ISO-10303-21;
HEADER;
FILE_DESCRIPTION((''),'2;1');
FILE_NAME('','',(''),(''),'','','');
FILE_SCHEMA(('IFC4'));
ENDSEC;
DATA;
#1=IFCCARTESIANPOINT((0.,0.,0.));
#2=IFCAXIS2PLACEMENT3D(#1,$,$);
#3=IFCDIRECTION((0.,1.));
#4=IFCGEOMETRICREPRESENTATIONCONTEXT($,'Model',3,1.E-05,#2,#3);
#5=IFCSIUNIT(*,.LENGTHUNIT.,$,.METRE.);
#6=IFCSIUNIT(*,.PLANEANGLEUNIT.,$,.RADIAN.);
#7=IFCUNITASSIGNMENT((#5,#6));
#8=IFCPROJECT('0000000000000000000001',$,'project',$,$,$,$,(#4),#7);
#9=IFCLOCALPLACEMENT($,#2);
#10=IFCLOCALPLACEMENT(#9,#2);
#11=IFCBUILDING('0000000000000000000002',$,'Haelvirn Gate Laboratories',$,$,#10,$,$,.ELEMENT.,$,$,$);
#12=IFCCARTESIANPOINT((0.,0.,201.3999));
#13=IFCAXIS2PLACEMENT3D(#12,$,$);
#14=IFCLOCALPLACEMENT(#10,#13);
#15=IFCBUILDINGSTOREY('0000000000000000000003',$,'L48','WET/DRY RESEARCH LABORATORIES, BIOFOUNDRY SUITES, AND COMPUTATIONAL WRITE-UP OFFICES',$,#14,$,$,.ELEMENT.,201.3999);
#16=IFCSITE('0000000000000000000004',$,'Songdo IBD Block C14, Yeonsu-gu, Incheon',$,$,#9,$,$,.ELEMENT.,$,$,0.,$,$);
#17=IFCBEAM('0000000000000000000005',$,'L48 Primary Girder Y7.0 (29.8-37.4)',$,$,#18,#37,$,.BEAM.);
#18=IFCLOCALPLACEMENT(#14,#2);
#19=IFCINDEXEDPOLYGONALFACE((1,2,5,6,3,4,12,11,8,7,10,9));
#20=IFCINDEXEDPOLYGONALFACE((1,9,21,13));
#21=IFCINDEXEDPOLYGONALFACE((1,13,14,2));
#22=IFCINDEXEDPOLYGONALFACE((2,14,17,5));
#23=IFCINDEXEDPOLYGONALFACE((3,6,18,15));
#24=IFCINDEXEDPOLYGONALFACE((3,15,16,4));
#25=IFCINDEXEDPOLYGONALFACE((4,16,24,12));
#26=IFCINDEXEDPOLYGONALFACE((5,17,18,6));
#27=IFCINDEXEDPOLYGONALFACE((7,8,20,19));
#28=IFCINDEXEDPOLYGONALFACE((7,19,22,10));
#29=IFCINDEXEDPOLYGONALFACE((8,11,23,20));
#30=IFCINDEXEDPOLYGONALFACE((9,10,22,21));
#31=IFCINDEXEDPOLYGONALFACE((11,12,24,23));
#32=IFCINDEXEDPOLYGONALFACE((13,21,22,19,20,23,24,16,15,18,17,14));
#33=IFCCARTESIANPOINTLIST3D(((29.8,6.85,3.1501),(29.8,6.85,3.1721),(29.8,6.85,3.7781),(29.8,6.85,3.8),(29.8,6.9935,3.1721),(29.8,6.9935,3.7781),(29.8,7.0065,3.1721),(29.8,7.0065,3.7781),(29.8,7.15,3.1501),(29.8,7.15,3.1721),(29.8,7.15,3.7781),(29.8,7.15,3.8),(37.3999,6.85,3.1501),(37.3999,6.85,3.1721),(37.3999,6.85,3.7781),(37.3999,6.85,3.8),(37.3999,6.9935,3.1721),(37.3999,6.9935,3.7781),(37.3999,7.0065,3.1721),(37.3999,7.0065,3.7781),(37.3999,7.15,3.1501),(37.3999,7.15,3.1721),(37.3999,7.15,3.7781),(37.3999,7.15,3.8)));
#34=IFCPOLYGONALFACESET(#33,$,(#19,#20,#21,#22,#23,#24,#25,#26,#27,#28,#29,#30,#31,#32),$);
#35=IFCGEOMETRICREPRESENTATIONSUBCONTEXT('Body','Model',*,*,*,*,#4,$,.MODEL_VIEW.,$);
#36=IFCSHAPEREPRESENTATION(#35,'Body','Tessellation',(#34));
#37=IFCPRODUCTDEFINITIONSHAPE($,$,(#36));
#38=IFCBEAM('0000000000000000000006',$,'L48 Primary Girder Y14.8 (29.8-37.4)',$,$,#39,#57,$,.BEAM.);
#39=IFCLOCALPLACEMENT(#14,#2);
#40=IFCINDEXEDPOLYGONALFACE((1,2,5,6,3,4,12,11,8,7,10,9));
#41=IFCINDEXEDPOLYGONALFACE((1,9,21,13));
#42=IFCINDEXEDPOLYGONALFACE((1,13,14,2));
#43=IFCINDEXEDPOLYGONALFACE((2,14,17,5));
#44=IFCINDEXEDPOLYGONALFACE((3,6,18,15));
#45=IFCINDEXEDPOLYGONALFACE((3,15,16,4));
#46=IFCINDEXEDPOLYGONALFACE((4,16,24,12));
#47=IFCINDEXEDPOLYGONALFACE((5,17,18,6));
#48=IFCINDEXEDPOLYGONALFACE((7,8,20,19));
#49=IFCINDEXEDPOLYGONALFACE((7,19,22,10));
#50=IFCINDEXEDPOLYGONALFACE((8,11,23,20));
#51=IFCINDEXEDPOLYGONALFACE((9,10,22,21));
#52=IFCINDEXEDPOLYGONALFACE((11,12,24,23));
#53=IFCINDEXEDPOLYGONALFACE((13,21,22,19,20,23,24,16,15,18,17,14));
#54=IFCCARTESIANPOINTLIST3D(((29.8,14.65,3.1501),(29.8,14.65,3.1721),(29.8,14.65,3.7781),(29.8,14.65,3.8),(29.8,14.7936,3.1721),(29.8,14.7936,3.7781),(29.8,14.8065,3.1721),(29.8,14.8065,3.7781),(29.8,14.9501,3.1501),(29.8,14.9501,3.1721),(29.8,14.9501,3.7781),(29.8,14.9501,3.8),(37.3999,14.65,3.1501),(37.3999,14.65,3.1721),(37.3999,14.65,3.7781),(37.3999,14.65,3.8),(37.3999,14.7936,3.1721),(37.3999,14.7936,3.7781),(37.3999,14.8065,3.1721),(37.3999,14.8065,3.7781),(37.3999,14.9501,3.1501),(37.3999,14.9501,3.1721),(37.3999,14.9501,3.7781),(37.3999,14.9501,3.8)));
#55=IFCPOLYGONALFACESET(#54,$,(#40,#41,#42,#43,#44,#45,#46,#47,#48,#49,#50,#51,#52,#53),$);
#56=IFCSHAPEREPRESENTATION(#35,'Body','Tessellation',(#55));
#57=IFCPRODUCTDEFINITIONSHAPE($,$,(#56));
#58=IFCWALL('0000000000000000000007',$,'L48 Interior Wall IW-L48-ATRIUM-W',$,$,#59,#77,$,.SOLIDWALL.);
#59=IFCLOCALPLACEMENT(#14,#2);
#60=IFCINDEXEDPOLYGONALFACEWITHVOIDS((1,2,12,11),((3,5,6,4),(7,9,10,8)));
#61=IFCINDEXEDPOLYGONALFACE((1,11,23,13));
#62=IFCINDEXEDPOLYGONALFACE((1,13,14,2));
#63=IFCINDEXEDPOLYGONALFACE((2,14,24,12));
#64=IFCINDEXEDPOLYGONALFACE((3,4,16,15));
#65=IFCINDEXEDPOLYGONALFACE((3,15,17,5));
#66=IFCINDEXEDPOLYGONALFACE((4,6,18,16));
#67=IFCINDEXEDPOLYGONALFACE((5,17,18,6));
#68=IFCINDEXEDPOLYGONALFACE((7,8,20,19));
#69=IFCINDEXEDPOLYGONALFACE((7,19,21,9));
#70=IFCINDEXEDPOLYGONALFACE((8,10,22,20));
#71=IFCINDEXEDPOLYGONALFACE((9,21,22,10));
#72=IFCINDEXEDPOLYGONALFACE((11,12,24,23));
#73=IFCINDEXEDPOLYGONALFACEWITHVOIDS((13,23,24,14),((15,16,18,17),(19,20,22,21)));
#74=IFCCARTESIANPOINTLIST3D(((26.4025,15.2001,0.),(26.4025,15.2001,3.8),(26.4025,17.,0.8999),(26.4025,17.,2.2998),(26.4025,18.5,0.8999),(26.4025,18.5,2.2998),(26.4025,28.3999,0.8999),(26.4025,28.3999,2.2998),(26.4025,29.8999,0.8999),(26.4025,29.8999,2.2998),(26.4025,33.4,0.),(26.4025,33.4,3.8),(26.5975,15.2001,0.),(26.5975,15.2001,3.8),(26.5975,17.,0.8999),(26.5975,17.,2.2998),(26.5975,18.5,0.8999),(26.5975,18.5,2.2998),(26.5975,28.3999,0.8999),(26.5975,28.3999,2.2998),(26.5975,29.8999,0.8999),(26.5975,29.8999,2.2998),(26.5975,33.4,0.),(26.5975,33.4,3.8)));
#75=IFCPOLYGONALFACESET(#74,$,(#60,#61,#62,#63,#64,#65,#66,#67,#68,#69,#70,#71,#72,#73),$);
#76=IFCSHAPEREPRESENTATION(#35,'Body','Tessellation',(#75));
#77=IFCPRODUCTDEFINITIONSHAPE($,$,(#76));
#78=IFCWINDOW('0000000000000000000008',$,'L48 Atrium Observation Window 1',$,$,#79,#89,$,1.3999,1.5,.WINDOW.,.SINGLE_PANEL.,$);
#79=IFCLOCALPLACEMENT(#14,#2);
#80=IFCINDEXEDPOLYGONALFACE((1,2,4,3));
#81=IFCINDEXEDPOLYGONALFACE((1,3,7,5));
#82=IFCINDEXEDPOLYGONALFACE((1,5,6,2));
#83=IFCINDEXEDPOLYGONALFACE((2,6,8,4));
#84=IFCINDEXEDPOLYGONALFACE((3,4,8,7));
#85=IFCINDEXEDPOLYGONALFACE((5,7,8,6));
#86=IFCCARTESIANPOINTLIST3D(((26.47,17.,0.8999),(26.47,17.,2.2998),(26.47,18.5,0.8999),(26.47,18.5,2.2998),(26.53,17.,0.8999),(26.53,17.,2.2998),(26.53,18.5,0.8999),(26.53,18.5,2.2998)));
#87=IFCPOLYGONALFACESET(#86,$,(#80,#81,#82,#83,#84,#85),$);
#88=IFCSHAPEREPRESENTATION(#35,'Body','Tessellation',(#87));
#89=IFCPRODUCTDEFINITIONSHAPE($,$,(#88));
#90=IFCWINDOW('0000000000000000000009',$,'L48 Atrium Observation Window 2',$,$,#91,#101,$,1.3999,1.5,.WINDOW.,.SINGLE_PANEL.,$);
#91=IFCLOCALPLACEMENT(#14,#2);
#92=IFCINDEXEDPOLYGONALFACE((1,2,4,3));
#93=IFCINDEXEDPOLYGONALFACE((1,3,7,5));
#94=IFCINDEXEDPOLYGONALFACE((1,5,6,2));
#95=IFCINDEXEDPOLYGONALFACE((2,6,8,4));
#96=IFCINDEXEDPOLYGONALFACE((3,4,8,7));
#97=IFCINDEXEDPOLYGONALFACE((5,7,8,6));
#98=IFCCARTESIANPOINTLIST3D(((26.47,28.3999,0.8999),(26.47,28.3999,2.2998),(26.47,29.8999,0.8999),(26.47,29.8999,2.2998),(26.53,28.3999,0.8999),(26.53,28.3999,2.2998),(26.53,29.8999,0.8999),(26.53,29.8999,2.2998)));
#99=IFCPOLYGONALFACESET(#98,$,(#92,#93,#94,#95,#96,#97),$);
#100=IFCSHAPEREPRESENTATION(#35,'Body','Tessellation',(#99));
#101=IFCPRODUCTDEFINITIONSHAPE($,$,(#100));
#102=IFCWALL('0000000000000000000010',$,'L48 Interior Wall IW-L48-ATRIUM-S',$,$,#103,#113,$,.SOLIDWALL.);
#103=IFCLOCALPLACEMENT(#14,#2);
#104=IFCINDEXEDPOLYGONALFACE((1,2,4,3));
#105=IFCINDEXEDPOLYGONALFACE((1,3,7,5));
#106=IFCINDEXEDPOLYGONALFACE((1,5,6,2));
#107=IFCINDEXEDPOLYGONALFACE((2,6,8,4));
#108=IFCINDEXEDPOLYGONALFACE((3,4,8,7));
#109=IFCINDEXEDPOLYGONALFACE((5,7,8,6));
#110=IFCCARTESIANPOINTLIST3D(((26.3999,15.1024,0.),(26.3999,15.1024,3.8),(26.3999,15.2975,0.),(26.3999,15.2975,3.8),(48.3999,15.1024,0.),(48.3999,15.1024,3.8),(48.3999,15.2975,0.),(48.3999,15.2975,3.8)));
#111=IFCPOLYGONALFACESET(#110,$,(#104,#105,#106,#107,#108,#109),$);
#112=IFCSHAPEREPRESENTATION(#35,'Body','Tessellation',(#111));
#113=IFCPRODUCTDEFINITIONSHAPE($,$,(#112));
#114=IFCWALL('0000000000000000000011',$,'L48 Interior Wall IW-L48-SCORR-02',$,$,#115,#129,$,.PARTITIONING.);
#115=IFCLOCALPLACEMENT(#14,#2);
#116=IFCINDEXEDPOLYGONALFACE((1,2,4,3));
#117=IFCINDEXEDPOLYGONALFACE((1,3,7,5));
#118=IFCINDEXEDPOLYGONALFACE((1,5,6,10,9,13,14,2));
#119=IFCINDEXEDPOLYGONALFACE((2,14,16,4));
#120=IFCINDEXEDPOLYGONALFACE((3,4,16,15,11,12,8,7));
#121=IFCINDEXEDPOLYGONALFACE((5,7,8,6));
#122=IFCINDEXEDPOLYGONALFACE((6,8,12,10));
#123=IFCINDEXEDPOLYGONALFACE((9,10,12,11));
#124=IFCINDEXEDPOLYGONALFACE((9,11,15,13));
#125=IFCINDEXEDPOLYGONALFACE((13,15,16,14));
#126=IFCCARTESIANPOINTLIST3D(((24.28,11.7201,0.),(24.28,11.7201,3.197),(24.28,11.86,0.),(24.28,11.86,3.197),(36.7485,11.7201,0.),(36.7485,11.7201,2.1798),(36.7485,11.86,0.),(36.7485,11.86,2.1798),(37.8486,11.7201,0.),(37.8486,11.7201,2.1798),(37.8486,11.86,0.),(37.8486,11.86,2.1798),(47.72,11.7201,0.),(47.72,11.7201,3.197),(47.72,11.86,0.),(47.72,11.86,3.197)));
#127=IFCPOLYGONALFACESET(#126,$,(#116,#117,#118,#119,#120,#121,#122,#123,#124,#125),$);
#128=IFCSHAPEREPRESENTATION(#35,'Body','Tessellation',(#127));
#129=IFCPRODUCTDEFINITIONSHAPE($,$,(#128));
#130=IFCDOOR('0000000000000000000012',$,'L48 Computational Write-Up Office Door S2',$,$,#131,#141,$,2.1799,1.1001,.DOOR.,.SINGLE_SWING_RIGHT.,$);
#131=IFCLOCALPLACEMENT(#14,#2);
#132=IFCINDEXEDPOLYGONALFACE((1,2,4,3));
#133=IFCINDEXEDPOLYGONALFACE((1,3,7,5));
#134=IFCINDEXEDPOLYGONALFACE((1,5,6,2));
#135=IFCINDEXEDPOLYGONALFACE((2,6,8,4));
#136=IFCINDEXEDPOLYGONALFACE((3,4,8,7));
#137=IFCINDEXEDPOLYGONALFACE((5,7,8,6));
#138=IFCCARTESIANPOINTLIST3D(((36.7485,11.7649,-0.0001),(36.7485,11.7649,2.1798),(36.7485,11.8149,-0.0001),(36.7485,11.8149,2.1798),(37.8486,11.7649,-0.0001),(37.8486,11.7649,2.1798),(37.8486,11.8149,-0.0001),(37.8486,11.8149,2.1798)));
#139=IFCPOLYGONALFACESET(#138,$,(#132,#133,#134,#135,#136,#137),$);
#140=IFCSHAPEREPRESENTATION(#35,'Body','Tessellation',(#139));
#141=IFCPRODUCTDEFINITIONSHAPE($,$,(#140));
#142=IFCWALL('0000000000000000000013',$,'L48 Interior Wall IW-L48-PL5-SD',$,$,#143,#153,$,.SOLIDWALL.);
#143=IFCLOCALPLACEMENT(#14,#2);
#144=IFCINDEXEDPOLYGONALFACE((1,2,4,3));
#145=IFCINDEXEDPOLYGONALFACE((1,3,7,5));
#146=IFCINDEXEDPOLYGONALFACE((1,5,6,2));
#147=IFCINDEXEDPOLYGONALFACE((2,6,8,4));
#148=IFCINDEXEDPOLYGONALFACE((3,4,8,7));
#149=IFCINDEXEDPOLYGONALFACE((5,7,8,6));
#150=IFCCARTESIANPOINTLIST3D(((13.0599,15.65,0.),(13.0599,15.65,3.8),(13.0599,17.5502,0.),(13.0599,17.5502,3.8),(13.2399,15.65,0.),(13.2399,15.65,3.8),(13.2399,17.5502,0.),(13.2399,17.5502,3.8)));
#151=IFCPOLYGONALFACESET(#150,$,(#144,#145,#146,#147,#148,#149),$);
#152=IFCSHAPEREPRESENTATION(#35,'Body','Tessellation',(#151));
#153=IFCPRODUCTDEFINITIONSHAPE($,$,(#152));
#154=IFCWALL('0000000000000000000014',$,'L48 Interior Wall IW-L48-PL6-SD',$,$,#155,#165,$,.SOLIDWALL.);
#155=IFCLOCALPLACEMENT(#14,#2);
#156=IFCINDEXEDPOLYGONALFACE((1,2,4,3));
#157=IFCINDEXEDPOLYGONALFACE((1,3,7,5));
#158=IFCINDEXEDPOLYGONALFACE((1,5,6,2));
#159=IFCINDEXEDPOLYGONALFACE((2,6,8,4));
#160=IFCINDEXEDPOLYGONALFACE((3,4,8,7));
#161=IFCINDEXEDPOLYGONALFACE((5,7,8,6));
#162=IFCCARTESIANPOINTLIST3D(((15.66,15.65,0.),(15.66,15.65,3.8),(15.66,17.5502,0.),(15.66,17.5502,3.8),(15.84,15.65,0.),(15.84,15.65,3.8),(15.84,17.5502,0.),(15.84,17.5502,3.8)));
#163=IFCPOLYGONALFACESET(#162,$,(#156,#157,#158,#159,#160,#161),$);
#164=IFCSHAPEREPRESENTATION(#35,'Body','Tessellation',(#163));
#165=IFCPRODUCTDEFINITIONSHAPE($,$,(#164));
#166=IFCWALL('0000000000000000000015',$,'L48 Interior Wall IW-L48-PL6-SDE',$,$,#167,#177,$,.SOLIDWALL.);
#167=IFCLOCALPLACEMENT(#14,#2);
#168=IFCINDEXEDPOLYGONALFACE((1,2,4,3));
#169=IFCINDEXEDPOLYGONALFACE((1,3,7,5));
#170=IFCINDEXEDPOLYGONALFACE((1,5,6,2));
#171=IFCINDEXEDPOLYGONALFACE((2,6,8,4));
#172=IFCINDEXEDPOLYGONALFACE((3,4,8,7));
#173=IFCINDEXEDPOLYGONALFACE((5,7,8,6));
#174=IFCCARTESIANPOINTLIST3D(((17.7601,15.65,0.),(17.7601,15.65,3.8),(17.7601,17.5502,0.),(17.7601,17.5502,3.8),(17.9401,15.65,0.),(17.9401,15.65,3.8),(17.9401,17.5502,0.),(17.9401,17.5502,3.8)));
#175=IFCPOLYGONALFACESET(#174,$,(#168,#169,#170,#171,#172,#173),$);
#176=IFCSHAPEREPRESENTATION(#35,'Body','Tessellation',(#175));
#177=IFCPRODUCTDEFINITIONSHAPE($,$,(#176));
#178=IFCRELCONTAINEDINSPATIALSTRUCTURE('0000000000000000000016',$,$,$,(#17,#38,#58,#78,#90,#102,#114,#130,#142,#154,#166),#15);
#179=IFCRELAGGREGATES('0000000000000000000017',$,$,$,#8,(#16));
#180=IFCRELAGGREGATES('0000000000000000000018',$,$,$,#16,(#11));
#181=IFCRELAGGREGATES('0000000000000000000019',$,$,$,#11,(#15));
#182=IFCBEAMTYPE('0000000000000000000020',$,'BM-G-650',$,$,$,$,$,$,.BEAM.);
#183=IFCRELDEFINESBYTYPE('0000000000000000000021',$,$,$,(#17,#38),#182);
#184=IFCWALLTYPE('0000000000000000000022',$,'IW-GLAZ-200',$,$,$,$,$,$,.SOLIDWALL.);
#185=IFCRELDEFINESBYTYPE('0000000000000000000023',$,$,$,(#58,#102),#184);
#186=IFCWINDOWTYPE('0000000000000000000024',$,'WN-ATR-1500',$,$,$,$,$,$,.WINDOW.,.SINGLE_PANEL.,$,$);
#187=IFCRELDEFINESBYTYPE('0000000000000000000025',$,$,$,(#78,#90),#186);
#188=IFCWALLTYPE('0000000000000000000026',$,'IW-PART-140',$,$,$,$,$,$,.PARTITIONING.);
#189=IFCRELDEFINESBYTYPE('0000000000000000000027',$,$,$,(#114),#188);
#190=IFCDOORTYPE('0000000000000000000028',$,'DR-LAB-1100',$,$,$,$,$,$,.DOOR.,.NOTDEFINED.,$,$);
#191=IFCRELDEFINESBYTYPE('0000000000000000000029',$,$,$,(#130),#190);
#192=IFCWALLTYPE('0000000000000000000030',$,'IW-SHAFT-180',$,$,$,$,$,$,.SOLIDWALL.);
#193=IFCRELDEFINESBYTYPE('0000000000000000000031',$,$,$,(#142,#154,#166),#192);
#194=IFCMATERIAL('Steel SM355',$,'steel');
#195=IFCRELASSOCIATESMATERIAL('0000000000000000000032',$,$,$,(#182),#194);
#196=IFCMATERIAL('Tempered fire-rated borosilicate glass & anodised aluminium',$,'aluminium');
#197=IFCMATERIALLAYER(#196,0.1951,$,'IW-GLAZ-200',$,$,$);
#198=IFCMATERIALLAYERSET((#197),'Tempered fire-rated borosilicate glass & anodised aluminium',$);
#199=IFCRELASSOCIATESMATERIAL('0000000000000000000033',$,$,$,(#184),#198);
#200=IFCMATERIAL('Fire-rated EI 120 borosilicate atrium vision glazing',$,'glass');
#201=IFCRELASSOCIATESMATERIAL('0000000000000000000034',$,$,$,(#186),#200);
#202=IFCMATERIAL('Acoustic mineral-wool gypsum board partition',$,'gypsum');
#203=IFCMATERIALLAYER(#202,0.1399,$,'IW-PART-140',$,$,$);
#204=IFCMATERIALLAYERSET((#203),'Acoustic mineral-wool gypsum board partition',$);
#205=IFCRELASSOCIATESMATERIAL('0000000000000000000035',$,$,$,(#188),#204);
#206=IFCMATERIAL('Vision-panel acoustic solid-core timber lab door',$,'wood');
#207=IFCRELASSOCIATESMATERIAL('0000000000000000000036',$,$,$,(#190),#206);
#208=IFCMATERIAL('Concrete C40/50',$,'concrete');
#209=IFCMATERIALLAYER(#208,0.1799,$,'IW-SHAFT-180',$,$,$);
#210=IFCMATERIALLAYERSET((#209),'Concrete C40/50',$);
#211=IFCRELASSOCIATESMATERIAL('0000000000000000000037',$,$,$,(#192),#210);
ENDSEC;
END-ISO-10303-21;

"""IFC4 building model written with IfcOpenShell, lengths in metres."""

from ifc_helpers import new_model, si_unit, direction, frame, frame_2d, origin, origin_2d, place, context, subcontext, project, spatial, rectangle, i_section, extrude, source, transform, mapped, material, layer, layer_set, material_profile, profile_set, type_object, type_shapes, element, fill, save


model = new_model("IFC4")

# Units and contexts
model_context = context("Model", 3, precision=1e-05, world=origin(), true_north=direction((0.0, 1.0)))
body_context = subcontext(model_context, "Body", "Model", "MODEL_VIEW")
ifc_project = project(units=[si_unit("LENGTHUNIT", "METRE"), si_unit("PLANEANGLEUNIT", "RADIAN")], contexts=[model_context])

# Site, building, storey
site_placement = place(None, origin())
site = spatial("IfcSite", under=ifc_project, at=site_placement, Name="Songdo IBD Block C14, Yeonsu-gu, Incheon", CompositionType="ELEMENT", RefElevation=0.0)
building_placement = place(site_placement, origin())
building = spatial("IfcBuilding", under=site, at=building_placement, Name="Haelvirn Gate Laboratories", CompositionType="ELEMENT")
storey_placement = place(building_placement, frame((0.0, 0.0, 201.3999)))
storey = spatial("IfcBuildingStorey", under=building, at=storey_placement, Name="L48", Description="WET/DRY RESEARCH LABORATORIES, BIOFOUNDRY SUITES, AND COMPUTATIONAL WRITE-UP OFFICES", CompositionType="ELEMENT", Elevation=201.3999)

# Shared definitions
ifc_material_1 = material(Name="Steel SM355", Category="steel")

# Beams
ifc_material_profile_1 = material_profile(ifc_material_1, i_section(OverallWidth=0.3, OverallDepth=0.6499, WebThickness=0.0129, FlangeThickness=0.022, at=origin_2d()), Name="H-650x300x13x22")
ifc_profile_set_1 = profile_set([ifc_material_profile_1], Name="Steel SM355")
beam_type_1 = type_object("IfcBeamType", Name="BM-G-650", PredefinedType="BEAM", material=ifc_profile_set_1)
shared_shape_1 = source(origin(), body_context, "Body", "SweptSolid", [
    extrude(i_section(OverallWidth=0.3, OverallDepth=0.6499, WebThickness=0.0129, FlangeThickness=0.022, at=origin_2d()), origin(), (0.0, 0.0, 1.0), 7.5999),
])
for number, where, z_axis, x_axis, name in (
    (1, (29.8, 7.0, 3.4751), (1.0, 0.0, 0.0), (0.0, 1.0, 0.0), "L48 Primary Girder Y7.0 (29.8-37.4)"),
    (2, (29.8, 14.8, 3.4751), (1.0, 0.0, 0.0), (0.0, 1.0, 0.0), "L48 Primary Girder Y14.8 (29.8-37.4)"),
):
    element("IfcBeam", number, at=place(storey_placement, frame(where, z_axis=z_axis, x_axis=x_axis)), inside=storey, type_object=beam_type_1, Name=name, PredefinedType="BEAM", context=body_context, shape_type="MappedRepresentation", body=[
        mapped(shared_shape_1, transform((0.0, 0.0, 0.0), scale=1.0)),
    ])

# Wall, openings, windows
ifc_material_2 = material(Name="Tempered fire-rated borosilicate glass & anodised aluminium", Category="aluminium")
ifc_layer_1 = layer(ifc_material_2, 0.1951, Name="IW-GLAZ-200")
ifc_layer_set_1 = layer_set([ifc_layer_1], Name="Tempered fire-rated borosilicate glass & anodised aluminium")
wall_type_1 = type_object("IfcWallType", Name="IW-GLAZ-200", PredefinedType="SOLIDWALL", material=ifc_layer_set_1)
wall_1_placement = place(storey_placement, frame((26.5, 15.2, 0.0), z_axis=(0.0, 0.0, 1.0), x_axis=(0.0, 1.0, 0.0)))
wall_1 = element("IfcWall", 3, at=wall_1_placement, inside=storey, type_object=wall_type_1, Name="L48 Interior Wall IW-L48-ATRIUM-W", PredefinedType="SOLIDWALL", context=body_context, shape_type="SweptSolid", body=[
    extrude(rectangle(XDim=18.2, YDim=0.1951, at=frame_2d((9.1001, 0.0))), origin(), (0.0, 0.0, 1.0), 3.8),
])
opening_1_placement = place(wall_1_placement, frame((1.8, 0.0, 0.8999)))
opening_1 = element("IfcOpeningElement", 4, at=opening_1_placement, cuts=wall_1, PredefinedType="OPENING", context=body_context, shape_type="SweptSolid", body=[
    extrude(rectangle(XDim=1.5, YDim=1.3999, at=frame_2d((0.75, 0.7))), frame((0.0, 0.1074, 0.0), z_axis=(0.0, -1.0, 0.0), x_axis=(1.0, 0.0, 0.0)), (0.0, 0.0, 1.0), 0.2151),
])
opening_2_placement = place(wall_1_placement, frame((13.2, 0.0, 0.8999)))
opening_2 = element("IfcOpeningElement", 5, at=opening_2_placement, cuts=wall_1, PredefinedType="OPENING", context=body_context, shape_type="SweptSolid", body=[
    extrude(rectangle(XDim=1.5, YDim=1.3999, at=frame_2d((0.75, 0.7))), frame((0.0, 0.1074, 0.0), z_axis=(0.0, -1.0, 0.0), x_axis=(1.0, 0.0, 0.0)), (0.0, 0.0, 1.0), 0.2151),
])
ifc_material_3 = material(Name="Fire-rated EI 120 borosilicate atrium vision glazing", Category="glass")
window_type = type_object("IfcWindowType", Name="WN-ATR-1500", PartitioningType="SINGLE_PANEL", PredefinedType="WINDOW", material=ifc_material_3)
shared_shape_2 = source(origin(), body_context, "Body", "SweptSolid", [
    extrude(rectangle(XDim=1.5, YDim=1.3999, at=frame_2d((0.75, 0.7))), frame((0.0, 0.03, 0.0), z_axis=(0.0, -1.0, 0.0), x_axis=(1.0, 0.0, 0.0)), (0.0, 0.0, 1.0), 0.0601),
])
type_shapes(window_type, [shared_shape_2])
window_1_placement = place(opening_1_placement, origin())
window_1 = element("IfcWindow", 6, at=window_1_placement, inside=storey, type_object=window_type, Name="L48 Atrium Observation Window 1", OverallHeight=1.3999, OverallWidth=1.5, PartitioningType="SINGLE_PANEL", PredefinedType="WINDOW", context=body_context, shape_type="MappedRepresentation", body=[
    mapped(shared_shape_2, transform((0.0, 0.0, 0.0), scale=1.0)),
])
fill(opening_1, window_1)
window_2_placement = place(opening_2_placement, origin())
window_2 = element("IfcWindow", 7, at=window_2_placement, inside=storey, type_object=window_type, Name="L48 Atrium Observation Window 2", OverallHeight=1.3999, OverallWidth=1.5, PartitioningType="SINGLE_PANEL", PredefinedType="WINDOW", context=body_context, shape_type="MappedRepresentation", body=[
    mapped(shared_shape_2, transform((0.0, 0.0, 0.0), scale=1.0)),
])
fill(opening_2, window_2)

# Wall
wall_2_placement = place(storey_placement, frame((26.3999, 15.2, 0.0), z_axis=(0.0, 0.0, 1.0), x_axis=(1.0, 0.0, 0.0)))
element("IfcWall", 8, at=wall_2_placement, inside=storey, type_object=wall_type_1, Name="L48 Interior Wall IW-L48-ATRIUM-S", PredefinedType="SOLIDWALL", context=body_context, shape_type="SweptSolid", body=[
    extrude(rectangle(XDim=22.0, YDim=0.1951, at=frame_2d((11.0, 0.0))), origin(), (0.0, 0.0, 1.0), 3.8),
])

# Wall, opening, door
ifc_material_4 = material(Name="Acoustic mineral-wool gypsum board partition", Category="gypsum")
ifc_layer_2 = layer(ifc_material_4, 0.1399, Name="IW-PART-140")
ifc_layer_set_2 = layer_set([ifc_layer_2], Name="Acoustic mineral-wool gypsum board partition")
wall_type_2 = type_object("IfcWallType", Name="IW-PART-140", PredefinedType="PARTITIONING", material=ifc_layer_set_2)
wall_3_placement = place(storey_placement, frame((24.28, 11.79, 0.0), z_axis=(0.0, 0.0, 1.0), x_axis=(1.0, 0.0, 0.0)))
wall_3 = element("IfcWall", 9, at=wall_3_placement, inside=storey, type_object=wall_type_2, Name="L48 Interior Wall IW-L48-SCORR-02", PredefinedType="PARTITIONING", context=body_context, shape_type="SweptSolid", body=[
    extrude(rectangle(XDim=23.4399, YDim=0.1399, at=frame_2d((11.72, 0.0))), origin(), (0.0, 0.0, 1.0), 3.197),
])
opening_3_placement = place(wall_3_placement, frame((12.4685, 0.0, 0.0)))
opening_3 = element("IfcOpeningElement", 10, at=opening_3_placement, cuts=wall_3, PredefinedType="OPENING", context=body_context, shape_type="SweptSolid", body=[
    extrude(rectangle(XDim=1.1001, YDim=2.1799, at=frame_2d((0.55, 1.0898))), frame((0.0, 0.0801, 0.0), z_axis=(0.0, -1.0, 0.0), x_axis=(1.0, 0.0, 0.0)), (0.0, 0.0, 1.0), 0.1599),
])
ifc_material_5 = material(Name="Vision-panel acoustic solid-core timber lab door", Category="wood")
door_type_1 = type_object("IfcDoorType", Name="DR-LAB-1100", OperationType="NOTDEFINED", PredefinedType="DOOR", material=ifc_material_5)
shared_shape_3 = source(origin(), body_context, "Body", "SweptSolid", [
    extrude(rectangle(XDim=1.1001, YDim=2.1799, at=frame_2d((0.55, 1.0898))), frame((0.0, 0.0249, 0.0), z_axis=(0.0, -1.0, 0.0), x_axis=(1.0, 0.0, 0.0)), (0.0, 0.0, 1.0), 0.05),
])
type_shapes(door_type_1, [shared_shape_3])
door_1_placement = place(opening_3_placement, origin())
door_1 = element("IfcDoor", 11, at=door_1_placement, inside=storey, type_object=door_type_1, Name="L48 Computational Write-Up Office Door S2", OperationType="SINGLE_SWING_RIGHT", OverallHeight=2.1799, OverallWidth=1.1001, PredefinedType="DOOR", context=body_context, shape_type="MappedRepresentation", body=[
    mapped(shared_shape_3, transform((0.0, 0.0, 0.0), scale=1.0)),
])
fill(opening_3, door_1)

# Walls
ifc_material_6 = material(Name="Concrete C40/50", Category="concrete")
ifc_layer_3 = layer(ifc_material_6, 0.1799, Name="IW-SHAFT-180")
ifc_layer_set_3 = layer_set([ifc_layer_3], Name="Concrete C40/50")
wall_type_3 = type_object("IfcWallType", Name="IW-SHAFT-180", PredefinedType="SOLIDWALL", material=ifc_layer_set_3)
for number, where, z_axis, x_axis, name in (
    (12, (13.1499, 15.6499, 0.0), (0.0, 0.0, 1.0), (0.0, 1.0, 0.0), "L48 Interior Wall IW-L48-PL5-SD"),
    (13, (15.75, 15.6499, 0.0), (0.0, 0.0, 1.0), (0.0, 1.0, 0.0), "L48 Interior Wall IW-L48-PL6-SD"),
    (14, (17.8501, 15.6499, 0.0), (0.0, 0.0, 1.0), (0.0, 1.0, 0.0), "L48 Interior Wall IW-L48-PL6-SDE"),
):
    element("IfcWall", number, at=place(storey_placement, frame(where, z_axis=z_axis, x_axis=x_axis)), inside=storey, type_object=wall_type_3, Name=name, PredefinedType="SOLIDWALL", context=body_context, shape_type="SweptSolid", body=[
        extrude(rectangle(XDim=1.9001, YDim=0.1799, at=frame_2d((0.9502, 0.0))), origin(), (0.0, 0.0, 1.0), 3.8),
    ])

save(model, "model.ifc")
